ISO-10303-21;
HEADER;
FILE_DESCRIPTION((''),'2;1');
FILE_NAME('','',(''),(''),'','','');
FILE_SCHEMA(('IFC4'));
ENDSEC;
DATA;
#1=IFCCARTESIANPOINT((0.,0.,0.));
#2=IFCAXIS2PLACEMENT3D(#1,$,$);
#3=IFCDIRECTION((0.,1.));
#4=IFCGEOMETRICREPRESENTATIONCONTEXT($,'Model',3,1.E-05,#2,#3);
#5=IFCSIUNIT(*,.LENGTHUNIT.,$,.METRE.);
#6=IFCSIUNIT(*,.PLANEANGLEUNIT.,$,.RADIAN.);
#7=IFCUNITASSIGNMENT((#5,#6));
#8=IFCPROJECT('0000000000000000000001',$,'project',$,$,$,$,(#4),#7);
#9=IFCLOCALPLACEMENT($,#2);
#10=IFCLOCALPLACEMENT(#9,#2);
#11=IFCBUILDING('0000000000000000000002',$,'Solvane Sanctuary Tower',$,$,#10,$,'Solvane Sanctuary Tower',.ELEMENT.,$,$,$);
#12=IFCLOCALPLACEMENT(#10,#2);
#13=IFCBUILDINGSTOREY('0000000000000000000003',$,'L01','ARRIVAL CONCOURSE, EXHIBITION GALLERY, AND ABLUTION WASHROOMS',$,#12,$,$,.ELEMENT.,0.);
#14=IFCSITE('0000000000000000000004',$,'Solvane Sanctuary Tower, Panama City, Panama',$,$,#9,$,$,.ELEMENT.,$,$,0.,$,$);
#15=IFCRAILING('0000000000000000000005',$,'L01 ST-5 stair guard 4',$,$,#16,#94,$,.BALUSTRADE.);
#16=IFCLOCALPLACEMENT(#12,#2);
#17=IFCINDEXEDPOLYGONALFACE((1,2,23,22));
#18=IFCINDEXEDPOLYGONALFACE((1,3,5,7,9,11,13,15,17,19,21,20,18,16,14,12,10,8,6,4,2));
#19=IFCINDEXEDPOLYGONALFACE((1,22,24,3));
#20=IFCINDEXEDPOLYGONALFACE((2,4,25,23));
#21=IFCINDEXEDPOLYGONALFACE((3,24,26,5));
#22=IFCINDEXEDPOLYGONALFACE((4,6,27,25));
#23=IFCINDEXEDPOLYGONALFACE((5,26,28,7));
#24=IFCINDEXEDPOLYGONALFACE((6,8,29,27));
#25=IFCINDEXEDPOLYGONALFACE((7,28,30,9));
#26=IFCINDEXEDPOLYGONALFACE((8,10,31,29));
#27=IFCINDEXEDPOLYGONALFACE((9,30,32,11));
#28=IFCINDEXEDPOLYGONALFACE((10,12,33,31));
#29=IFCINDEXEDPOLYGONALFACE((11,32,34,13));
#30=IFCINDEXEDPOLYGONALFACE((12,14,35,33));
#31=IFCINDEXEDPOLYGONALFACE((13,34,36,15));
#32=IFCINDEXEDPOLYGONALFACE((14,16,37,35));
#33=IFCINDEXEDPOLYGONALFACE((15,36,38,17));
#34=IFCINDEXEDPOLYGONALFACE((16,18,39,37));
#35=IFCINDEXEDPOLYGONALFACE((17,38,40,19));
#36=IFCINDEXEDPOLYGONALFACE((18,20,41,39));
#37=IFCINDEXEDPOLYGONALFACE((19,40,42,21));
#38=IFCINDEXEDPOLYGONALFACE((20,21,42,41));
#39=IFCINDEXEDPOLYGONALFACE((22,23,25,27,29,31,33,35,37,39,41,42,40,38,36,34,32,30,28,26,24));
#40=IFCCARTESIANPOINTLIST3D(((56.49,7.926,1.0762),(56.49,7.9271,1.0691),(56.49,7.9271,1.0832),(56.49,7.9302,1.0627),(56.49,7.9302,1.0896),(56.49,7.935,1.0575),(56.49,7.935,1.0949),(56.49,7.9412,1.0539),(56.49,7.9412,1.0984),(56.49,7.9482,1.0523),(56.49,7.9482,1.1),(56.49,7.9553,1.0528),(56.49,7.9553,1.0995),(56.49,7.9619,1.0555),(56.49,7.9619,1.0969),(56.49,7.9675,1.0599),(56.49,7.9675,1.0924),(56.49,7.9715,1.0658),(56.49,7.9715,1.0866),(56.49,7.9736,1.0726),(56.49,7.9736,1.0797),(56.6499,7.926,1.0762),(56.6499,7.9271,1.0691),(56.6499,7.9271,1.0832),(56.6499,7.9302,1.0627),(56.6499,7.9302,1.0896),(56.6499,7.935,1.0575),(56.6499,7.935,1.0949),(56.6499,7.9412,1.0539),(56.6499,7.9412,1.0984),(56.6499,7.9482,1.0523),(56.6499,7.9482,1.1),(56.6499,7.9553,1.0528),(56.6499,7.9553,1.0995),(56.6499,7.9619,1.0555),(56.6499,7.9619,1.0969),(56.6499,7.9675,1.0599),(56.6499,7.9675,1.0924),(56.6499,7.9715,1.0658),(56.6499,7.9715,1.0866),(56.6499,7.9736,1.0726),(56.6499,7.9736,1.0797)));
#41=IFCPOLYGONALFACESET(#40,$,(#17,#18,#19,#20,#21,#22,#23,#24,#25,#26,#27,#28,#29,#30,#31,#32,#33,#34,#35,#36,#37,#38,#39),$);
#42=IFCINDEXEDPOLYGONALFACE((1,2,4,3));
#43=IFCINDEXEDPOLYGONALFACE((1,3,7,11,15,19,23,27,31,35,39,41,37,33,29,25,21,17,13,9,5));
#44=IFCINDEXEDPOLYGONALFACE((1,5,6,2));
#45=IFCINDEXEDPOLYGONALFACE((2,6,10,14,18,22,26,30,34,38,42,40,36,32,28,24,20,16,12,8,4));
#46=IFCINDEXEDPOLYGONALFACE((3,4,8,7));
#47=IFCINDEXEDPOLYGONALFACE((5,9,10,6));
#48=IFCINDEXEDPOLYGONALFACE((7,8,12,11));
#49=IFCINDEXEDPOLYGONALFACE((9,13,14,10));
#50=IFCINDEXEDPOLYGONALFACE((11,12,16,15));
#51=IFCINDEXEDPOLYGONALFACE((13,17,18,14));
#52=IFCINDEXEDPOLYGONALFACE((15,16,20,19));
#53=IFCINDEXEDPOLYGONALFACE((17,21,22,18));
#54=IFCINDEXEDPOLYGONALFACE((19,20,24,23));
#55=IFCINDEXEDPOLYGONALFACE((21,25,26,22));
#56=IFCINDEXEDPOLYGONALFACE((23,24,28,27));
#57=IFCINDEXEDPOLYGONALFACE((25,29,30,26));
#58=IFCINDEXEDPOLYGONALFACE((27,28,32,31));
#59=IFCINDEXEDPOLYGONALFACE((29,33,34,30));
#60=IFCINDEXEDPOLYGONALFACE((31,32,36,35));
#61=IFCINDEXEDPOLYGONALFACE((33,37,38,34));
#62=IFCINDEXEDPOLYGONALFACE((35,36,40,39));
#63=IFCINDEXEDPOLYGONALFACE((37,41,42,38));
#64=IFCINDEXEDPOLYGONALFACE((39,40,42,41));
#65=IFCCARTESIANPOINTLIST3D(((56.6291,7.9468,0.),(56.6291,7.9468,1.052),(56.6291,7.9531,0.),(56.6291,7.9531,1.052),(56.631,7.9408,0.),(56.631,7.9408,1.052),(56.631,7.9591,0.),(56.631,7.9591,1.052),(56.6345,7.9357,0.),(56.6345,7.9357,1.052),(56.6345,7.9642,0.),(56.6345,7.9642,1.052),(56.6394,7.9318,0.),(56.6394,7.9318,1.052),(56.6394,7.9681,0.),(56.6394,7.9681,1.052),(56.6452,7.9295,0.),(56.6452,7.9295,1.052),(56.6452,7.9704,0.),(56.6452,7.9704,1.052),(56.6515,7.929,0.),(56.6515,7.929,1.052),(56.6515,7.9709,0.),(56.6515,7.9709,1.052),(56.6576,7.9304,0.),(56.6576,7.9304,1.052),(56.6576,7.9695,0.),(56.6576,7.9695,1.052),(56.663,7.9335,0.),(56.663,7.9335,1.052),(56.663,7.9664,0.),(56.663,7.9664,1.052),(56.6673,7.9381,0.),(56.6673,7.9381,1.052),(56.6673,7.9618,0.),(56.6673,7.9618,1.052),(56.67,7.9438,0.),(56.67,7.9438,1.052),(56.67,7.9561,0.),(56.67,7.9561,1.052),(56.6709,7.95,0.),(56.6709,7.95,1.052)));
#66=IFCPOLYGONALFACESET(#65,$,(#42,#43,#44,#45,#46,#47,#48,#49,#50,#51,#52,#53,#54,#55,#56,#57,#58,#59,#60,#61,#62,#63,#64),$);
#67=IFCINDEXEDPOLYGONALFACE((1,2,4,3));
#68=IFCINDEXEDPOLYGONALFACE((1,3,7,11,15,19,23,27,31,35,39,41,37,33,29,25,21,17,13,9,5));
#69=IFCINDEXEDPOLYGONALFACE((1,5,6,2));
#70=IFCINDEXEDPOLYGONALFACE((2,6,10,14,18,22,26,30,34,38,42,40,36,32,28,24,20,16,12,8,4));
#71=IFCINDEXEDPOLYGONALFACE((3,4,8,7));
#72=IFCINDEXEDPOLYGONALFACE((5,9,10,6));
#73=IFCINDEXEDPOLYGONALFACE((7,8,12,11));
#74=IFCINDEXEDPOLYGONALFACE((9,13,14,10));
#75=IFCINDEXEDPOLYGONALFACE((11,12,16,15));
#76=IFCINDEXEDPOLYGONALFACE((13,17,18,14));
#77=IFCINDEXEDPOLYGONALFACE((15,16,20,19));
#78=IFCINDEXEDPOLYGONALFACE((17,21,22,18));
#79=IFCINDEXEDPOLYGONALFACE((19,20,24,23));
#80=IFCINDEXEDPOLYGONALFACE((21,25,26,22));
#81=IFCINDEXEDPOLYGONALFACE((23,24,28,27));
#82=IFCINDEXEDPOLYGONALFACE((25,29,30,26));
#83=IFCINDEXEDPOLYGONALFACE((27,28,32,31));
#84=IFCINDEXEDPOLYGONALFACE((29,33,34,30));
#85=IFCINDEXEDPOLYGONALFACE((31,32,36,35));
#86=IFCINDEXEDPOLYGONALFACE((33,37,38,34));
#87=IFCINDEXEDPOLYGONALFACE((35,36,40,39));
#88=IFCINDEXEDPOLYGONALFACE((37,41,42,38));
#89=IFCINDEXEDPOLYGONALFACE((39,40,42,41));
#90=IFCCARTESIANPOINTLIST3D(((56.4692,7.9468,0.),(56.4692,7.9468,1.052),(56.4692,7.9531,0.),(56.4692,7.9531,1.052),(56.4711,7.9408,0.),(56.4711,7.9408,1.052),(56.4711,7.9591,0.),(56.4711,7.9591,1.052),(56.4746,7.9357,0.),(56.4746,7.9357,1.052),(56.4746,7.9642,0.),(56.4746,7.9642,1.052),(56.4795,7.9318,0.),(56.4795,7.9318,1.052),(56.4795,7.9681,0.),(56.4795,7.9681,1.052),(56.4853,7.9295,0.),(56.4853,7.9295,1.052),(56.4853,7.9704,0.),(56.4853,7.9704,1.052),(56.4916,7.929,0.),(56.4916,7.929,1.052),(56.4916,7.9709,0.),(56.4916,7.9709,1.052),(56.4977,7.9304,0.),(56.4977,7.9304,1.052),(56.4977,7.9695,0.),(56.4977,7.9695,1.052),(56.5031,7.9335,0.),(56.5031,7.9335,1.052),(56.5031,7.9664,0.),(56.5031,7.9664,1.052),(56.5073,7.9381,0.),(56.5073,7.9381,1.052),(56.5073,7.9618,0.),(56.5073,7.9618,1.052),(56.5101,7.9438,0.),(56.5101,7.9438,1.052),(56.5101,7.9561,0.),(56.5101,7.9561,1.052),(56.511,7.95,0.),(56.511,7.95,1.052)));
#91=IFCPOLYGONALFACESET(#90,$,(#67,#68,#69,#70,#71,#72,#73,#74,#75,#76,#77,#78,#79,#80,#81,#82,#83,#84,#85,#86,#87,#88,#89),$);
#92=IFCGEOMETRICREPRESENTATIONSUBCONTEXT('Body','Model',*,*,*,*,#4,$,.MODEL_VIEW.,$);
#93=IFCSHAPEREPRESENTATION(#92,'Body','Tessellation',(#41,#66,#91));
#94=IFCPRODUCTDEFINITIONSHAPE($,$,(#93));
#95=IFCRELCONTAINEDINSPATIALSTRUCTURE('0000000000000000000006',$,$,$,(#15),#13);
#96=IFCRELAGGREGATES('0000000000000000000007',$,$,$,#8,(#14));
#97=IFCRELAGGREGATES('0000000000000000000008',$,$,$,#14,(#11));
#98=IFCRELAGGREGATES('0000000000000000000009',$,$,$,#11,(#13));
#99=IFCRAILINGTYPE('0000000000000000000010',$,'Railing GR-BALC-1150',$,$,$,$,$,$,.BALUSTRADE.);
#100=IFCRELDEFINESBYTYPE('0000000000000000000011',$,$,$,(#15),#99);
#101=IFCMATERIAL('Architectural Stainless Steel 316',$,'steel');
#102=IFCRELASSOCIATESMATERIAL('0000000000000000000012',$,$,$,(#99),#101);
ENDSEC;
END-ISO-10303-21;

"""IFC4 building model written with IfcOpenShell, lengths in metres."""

from ifc_helpers import new_model, si_unit, direction, frame, origin, origin_2d, place, context, subcontext, project, spatial, circle, extrude, material, type_object, element, save


model = new_model("IFC4")

# Units and contexts
model_context = context("Model", 3, precision=1e-05, world=origin(), true_north=direction((0.0, 1.0)))
body_context = subcontext(model_context, "Body", "Model", "MODEL_VIEW")
ifc_project = project(units=[si_unit("LENGTHUNIT", "METRE"), si_unit("PLANEANGLEUNIT", "RADIAN")], contexts=[model_context])

# Site, building, storey
site_placement = place(None, origin())
site = spatial("IfcSite", under=ifc_project, at=site_placement, Name="Solvane Sanctuary Tower, Panama City, Panama", CompositionType="ELEMENT", RefElevation=0.0)
building_placement = place(site_placement, origin())
building = spatial("IfcBuilding", under=site, at=building_placement, Name="Solvane Sanctuary Tower", LongName="Solvane Sanctuary Tower", CompositionType="ELEMENT")
storey_placement = place(building_placement, origin())
storey = spatial("IfcBuildingStorey", under=building, at=storey_placement, Name="L01", Description="ARRIVAL CONCOURSE, EXHIBITION GALLERY, AND ABLUTION WASHROOMS", CompositionType="ELEMENT", Elevation=0.0)

# Shared definitions
ifc_material_1 = material(Name="Architectural Stainless Steel 316", Category="steel")

# Railing
railing_type_1 = type_object("IfcRailingType", Name="Railing GR-BALC-1150", PredefinedType="BALUSTRADE", material=ifc_material_1)
railing_1_placement = place(storey_placement, frame((56.6499, 7.95, 0.0)))
element("IfcRailing", 1, at=railing_1_placement, inside=storey, type_object=railing_type_1, Name="L01 ST-5 stair guard 4", PredefinedType="BALUSTRADE", context=body_context, shape_type="SweptSolid", body=[
    extrude(circle(Radius=0.0239, at=origin_2d()), frame((0.0, 0.0, 1.0762), z_axis=(-1.0, 0.0, 0.0), x_axis=(0.0, -1.0, 0.0)), (0.0, 0.0, 1.0), 0.1599),
    extrude(circle(Radius=0.021, at=origin_2d()), origin(), (0.0, 0.0, 1.0), 1.052),
    extrude(circle(Radius=0.021, at=origin_2d()), frame((-0.1599, 0.0, 0.0)), (0.0, 0.0, 1.0), 1.052),
])

save(model, "model.ifc")
